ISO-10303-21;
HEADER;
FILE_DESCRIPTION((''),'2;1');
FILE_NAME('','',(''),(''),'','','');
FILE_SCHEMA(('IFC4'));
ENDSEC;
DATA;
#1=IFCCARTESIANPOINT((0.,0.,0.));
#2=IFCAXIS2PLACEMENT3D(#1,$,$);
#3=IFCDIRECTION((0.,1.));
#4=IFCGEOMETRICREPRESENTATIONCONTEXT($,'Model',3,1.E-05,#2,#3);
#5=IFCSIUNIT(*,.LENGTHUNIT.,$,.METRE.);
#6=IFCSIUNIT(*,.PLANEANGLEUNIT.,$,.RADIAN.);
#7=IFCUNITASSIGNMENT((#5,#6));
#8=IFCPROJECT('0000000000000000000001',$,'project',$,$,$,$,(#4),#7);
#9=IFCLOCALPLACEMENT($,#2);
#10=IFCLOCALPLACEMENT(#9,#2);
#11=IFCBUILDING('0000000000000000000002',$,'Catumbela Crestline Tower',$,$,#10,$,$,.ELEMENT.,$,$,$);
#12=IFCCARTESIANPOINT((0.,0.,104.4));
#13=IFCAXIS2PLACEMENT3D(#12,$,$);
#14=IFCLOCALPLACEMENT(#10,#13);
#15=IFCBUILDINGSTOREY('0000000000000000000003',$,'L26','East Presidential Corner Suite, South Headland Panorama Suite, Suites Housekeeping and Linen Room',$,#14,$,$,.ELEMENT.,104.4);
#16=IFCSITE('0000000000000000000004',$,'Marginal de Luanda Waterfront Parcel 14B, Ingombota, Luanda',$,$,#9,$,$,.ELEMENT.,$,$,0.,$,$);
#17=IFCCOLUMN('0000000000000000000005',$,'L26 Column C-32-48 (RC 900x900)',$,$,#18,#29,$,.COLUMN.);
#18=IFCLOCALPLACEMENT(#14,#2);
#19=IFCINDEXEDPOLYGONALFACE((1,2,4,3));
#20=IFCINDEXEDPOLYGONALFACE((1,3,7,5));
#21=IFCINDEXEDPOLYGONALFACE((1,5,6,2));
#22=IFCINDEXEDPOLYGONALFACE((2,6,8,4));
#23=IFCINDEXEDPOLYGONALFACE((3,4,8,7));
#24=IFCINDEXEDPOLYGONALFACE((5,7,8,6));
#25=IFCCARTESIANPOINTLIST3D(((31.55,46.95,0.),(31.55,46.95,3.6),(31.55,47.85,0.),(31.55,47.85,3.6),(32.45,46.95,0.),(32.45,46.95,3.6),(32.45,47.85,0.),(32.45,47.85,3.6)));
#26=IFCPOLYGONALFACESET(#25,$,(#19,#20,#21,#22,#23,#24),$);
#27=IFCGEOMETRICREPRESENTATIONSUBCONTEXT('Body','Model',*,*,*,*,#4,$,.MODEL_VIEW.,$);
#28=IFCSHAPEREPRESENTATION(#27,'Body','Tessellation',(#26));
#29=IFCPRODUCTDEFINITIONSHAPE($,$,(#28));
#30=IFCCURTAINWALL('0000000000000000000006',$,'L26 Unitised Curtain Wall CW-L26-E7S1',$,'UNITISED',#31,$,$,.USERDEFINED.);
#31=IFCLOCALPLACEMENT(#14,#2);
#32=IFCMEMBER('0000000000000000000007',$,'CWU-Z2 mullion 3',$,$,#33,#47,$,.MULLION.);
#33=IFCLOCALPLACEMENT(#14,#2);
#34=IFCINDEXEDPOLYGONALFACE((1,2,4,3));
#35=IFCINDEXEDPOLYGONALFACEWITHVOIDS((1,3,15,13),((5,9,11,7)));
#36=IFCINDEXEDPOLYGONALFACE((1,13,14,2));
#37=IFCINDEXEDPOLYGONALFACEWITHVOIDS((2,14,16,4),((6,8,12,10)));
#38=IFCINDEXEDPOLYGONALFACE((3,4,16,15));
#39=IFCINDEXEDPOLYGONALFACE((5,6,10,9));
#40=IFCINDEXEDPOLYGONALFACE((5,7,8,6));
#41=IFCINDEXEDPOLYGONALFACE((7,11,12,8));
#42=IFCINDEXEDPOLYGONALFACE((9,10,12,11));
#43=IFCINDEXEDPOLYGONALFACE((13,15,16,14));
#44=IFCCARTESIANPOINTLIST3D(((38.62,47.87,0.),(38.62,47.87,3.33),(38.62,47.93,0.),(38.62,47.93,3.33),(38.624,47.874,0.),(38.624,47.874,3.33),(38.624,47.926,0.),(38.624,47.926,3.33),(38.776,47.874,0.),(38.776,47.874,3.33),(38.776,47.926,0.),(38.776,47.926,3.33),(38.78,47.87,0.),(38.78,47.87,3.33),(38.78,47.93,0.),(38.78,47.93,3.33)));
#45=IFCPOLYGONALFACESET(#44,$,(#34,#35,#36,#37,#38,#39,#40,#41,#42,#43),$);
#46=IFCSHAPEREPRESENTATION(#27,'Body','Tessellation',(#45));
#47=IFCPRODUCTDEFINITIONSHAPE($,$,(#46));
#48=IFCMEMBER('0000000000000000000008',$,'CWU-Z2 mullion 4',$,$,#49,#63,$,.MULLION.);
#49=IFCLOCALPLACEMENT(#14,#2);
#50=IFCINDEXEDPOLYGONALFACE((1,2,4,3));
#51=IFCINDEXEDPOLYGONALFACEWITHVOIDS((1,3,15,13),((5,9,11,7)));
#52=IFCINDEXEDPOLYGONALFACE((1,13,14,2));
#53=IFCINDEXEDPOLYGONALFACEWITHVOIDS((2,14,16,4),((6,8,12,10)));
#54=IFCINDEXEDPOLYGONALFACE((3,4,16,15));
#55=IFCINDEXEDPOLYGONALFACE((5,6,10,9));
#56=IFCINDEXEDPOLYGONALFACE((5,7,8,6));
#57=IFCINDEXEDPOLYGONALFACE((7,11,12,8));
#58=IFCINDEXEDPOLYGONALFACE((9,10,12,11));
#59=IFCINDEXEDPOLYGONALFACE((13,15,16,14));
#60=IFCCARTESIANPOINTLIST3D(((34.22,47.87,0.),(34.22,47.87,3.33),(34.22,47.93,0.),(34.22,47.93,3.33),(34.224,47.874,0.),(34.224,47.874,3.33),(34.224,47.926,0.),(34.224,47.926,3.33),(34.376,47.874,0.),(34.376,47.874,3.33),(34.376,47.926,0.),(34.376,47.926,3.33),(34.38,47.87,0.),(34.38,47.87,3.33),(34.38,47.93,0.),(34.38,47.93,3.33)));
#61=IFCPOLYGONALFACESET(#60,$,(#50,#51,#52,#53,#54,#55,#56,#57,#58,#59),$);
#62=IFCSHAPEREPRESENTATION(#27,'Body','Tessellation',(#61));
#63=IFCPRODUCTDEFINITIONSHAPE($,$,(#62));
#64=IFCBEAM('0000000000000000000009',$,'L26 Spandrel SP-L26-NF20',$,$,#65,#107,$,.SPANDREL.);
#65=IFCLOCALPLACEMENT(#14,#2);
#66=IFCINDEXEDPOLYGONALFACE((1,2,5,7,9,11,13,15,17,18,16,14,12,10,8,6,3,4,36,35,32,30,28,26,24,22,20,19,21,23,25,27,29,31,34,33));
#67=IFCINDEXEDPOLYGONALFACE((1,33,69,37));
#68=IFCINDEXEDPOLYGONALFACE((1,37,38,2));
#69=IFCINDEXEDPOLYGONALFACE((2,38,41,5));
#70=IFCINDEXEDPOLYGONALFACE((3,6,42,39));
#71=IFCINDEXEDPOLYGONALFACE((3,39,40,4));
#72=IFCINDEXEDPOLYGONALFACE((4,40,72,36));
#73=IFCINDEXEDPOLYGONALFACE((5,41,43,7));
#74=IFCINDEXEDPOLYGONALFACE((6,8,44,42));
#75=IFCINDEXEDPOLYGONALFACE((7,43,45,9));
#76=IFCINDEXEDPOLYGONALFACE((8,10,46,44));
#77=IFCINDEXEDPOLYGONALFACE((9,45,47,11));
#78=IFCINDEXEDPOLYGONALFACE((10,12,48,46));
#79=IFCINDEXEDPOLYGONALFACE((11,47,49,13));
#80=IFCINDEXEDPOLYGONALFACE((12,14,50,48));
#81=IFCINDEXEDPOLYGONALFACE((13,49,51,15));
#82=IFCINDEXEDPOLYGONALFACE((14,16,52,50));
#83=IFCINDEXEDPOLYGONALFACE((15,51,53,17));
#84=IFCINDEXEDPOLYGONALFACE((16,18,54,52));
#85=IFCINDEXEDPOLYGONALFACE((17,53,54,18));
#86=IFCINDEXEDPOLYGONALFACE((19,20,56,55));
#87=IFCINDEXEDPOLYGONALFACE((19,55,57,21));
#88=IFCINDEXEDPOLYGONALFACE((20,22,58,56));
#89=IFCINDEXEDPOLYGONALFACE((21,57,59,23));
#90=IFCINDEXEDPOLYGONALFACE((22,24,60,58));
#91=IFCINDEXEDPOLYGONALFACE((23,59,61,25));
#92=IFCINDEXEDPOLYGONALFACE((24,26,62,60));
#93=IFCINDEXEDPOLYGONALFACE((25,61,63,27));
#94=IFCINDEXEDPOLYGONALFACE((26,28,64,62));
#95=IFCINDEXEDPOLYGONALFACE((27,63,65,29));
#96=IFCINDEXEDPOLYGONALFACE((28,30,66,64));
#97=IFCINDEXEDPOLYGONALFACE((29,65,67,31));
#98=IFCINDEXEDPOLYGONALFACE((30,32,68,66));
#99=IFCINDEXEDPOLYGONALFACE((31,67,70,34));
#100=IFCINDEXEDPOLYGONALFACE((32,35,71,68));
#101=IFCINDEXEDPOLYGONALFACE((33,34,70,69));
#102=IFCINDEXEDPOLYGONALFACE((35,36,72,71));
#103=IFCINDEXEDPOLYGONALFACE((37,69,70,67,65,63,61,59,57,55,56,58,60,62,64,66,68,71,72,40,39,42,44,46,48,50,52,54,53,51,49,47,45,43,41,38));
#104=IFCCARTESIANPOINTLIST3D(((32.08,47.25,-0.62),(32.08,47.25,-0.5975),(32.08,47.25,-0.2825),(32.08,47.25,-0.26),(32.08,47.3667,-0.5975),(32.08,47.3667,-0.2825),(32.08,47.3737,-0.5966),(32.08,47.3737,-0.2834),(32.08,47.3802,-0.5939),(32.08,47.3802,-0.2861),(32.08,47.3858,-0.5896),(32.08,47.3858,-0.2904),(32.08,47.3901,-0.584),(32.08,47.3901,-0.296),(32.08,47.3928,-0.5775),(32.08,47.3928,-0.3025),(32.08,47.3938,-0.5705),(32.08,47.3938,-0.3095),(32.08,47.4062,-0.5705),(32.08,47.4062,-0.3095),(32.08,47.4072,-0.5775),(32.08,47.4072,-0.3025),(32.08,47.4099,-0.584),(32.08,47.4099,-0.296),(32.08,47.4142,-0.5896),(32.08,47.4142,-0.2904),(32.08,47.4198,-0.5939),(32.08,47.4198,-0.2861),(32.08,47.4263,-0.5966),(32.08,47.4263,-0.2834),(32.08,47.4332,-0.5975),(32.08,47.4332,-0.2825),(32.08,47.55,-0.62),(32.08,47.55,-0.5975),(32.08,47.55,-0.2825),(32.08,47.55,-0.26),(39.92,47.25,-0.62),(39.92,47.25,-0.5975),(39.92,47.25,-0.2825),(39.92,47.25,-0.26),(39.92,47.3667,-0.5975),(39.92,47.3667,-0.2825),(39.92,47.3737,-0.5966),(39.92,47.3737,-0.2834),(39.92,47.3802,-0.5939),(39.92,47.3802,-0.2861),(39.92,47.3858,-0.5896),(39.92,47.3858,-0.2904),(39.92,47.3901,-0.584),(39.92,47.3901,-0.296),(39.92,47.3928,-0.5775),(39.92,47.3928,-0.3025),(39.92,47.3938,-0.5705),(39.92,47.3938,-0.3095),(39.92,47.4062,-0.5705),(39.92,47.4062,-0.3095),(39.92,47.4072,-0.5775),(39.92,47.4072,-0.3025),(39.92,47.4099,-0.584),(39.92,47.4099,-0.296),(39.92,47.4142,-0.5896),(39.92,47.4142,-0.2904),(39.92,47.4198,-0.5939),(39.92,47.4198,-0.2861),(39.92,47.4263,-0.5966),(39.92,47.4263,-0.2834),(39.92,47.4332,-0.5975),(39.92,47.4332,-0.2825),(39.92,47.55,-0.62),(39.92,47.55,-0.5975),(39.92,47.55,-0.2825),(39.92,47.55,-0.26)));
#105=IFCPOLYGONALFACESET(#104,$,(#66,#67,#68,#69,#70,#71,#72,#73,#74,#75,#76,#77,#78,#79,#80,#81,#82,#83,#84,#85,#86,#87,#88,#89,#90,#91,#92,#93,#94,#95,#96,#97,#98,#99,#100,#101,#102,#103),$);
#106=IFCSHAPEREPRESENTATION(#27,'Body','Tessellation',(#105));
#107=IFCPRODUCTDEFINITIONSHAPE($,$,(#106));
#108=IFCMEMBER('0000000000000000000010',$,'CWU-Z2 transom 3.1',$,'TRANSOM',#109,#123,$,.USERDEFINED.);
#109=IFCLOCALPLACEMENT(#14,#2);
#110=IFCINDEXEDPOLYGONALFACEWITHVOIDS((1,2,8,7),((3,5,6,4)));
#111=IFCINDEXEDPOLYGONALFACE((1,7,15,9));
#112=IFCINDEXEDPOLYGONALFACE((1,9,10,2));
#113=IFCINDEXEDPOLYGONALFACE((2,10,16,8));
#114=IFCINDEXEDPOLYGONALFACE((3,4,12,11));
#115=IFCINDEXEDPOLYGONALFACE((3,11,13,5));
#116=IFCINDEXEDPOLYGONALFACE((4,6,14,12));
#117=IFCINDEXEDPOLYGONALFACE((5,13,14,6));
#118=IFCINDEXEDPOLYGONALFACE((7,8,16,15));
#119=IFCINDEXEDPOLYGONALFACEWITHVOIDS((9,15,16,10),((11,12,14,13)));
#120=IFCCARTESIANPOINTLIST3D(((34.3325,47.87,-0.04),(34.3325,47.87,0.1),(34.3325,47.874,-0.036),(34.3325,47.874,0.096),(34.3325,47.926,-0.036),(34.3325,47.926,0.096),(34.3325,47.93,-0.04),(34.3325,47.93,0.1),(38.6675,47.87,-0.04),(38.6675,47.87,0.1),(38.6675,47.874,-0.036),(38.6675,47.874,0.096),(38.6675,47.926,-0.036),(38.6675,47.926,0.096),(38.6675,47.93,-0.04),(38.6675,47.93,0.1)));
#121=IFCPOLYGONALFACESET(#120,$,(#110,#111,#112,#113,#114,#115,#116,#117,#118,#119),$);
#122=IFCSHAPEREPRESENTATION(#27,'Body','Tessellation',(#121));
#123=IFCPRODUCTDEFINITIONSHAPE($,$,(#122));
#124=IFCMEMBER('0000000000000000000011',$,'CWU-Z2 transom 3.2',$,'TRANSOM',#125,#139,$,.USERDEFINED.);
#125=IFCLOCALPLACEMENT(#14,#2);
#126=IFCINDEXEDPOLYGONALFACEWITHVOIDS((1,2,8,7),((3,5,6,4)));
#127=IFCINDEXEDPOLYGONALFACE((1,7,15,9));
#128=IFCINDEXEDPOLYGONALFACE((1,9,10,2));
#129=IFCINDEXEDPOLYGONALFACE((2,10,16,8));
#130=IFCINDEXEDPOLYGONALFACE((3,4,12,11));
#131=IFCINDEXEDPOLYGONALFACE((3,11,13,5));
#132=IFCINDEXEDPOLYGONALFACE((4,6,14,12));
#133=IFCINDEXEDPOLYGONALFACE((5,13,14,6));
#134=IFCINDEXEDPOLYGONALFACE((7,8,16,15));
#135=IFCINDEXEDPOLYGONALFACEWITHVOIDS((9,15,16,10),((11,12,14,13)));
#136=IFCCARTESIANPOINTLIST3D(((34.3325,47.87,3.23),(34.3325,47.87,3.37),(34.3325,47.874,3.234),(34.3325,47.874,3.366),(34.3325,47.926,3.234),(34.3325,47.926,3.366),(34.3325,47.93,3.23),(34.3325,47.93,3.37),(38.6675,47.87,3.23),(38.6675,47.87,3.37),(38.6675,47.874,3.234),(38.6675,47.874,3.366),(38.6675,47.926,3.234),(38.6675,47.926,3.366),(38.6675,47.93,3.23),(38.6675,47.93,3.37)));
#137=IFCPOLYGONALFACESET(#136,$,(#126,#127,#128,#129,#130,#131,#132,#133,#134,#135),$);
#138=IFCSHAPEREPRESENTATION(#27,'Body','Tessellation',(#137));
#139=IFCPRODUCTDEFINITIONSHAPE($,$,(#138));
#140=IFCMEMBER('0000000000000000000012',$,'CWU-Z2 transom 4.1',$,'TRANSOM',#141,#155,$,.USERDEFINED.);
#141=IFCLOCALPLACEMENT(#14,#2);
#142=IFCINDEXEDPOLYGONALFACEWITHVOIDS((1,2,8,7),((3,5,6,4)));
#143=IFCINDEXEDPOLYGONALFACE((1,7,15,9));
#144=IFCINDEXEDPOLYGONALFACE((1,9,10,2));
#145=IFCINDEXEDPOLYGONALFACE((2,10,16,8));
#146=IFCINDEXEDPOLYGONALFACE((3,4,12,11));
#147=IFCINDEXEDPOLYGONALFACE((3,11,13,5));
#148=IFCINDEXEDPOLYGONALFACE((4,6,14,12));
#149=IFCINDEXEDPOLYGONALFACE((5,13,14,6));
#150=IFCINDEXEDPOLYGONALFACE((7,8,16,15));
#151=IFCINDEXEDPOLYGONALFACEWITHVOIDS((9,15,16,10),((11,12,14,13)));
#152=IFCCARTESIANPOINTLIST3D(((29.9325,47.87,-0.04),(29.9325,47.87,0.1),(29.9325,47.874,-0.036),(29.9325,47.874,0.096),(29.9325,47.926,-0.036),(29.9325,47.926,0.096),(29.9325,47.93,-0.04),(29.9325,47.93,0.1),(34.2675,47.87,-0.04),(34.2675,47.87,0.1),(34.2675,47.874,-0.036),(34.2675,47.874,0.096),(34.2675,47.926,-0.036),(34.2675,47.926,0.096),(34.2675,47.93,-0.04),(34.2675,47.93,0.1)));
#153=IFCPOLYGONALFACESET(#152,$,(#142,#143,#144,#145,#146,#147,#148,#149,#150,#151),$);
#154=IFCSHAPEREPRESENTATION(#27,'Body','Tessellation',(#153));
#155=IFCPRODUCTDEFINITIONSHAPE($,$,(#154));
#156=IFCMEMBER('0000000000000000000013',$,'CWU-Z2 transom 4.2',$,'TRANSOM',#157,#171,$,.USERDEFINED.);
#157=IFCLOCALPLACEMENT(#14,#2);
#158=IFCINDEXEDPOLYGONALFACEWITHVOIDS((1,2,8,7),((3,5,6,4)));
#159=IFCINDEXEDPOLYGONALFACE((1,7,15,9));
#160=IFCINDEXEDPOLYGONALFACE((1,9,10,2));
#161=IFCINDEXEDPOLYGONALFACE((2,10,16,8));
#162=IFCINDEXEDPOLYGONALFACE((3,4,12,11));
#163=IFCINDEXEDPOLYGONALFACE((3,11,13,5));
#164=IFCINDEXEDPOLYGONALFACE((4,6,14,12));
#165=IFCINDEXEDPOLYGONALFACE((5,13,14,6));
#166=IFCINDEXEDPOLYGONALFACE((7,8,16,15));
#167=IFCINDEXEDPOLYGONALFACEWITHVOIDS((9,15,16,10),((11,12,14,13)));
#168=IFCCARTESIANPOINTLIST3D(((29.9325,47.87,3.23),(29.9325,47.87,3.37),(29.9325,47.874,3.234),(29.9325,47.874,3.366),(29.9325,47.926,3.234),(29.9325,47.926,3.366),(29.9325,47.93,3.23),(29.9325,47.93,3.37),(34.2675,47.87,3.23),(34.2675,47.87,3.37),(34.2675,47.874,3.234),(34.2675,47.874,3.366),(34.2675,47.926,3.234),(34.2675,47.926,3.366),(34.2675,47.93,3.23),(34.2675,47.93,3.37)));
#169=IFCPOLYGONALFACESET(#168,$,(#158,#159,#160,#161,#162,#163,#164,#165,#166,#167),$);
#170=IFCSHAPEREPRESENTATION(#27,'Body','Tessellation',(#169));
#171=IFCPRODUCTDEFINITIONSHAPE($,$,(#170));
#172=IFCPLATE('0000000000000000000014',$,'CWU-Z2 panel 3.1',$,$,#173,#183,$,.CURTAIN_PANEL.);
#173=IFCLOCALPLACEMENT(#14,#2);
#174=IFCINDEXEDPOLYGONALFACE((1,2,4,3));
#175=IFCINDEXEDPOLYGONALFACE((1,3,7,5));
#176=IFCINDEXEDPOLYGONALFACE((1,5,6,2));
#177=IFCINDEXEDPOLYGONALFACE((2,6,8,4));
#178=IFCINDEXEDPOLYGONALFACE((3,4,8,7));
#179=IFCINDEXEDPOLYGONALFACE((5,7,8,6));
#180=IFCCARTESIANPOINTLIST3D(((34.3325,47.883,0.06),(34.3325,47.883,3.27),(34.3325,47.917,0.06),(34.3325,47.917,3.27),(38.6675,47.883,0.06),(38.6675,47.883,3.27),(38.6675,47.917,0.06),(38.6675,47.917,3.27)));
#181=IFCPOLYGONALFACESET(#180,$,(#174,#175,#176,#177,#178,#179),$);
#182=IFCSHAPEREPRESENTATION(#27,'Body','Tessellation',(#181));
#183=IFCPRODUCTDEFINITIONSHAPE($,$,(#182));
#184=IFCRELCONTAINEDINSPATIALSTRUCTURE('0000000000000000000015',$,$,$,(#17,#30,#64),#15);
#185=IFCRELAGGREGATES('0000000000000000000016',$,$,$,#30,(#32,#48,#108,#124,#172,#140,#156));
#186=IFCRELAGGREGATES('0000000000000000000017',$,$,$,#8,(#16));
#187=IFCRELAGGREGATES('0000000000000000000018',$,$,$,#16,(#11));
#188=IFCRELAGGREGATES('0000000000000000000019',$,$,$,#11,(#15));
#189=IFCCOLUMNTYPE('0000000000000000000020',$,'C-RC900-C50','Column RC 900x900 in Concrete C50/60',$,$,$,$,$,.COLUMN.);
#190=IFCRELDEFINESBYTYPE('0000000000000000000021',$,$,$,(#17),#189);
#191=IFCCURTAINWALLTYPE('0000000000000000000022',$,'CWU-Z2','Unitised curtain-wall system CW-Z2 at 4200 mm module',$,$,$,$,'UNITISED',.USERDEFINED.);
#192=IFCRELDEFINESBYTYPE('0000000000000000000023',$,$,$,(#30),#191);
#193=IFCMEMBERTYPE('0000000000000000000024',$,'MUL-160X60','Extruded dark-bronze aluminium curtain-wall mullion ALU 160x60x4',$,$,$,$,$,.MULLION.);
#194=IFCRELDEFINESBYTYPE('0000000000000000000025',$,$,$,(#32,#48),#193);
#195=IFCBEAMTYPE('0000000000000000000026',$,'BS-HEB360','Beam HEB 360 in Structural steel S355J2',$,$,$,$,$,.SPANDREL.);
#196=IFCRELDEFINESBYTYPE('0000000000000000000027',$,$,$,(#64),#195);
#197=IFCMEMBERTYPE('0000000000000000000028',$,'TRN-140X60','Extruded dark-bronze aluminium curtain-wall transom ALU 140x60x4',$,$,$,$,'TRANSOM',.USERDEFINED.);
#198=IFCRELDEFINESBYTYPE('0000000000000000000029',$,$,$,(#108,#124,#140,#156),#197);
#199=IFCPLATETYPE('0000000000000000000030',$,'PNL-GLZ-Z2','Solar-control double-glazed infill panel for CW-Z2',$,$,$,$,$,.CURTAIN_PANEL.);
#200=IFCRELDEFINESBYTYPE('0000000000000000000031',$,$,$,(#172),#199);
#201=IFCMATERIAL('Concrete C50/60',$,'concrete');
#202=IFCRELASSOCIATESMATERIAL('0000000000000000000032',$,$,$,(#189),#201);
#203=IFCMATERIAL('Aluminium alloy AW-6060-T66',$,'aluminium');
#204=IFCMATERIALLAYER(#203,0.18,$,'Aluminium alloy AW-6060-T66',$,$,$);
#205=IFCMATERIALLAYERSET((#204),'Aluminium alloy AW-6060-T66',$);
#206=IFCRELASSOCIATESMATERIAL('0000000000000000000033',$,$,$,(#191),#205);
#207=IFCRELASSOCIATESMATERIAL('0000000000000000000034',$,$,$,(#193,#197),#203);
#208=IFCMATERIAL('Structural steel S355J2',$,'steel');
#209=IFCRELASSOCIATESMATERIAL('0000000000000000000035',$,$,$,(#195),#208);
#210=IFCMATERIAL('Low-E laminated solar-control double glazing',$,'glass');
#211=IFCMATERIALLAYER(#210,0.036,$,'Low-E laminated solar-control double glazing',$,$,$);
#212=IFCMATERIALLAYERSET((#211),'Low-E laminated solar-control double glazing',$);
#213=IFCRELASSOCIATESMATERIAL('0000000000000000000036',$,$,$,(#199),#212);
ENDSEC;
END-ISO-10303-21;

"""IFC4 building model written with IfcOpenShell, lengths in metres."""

from ifc_helpers import new_model, si_unit, direction, frame, origin, origin_2d, place, context, subcontext, project, spatial, rectangle, hollow_rectangle, i_section, extrude, material, layer, layer_set, material_profile, profile_set, type_object, element, aggregate, save


model = new_model("IFC4")

# Units and contexts
model_context = context("Model", 3, precision=1e-05, world=origin(), true_north=direction((0.0, 1.0)))
body_context = subcontext(model_context, "Body", "Model", "MODEL_VIEW")
ifc_project = project(units=[si_unit("LENGTHUNIT", "METRE"), si_unit("PLANEANGLEUNIT", "RADIAN")], contexts=[model_context])

# Site, building, storey
site_placement = place(None, origin())
site = spatial("IfcSite", under=ifc_project, at=site_placement, Name="Marginal de Luanda Waterfront Parcel 14B, Ingombota, Luanda", CompositionType="ELEMENT", RefElevation=0.0)
building_placement = place(site_placement, origin())
building = spatial("IfcBuilding", under=site, at=building_placement, Name="Catumbela Crestline Tower", CompositionType="ELEMENT")
storey_placement = place(building_placement, frame((0.0, 0.0, 104.4)))
storey = spatial("IfcBuildingStorey", under=building, at=storey_placement, Name="L26", Description="East Presidential Corner Suite, South Headland Panorama Suite, Suites Housekeeping and Linen Room", CompositionType="ELEMENT", Elevation=104.4)

# Column
ifc_material_1 = material(Name="Concrete C50/60", Category="concrete")
ifc_material_profile_1 = material_profile(ifc_material_1, rectangle(XDim=0.9, YDim=0.9, at=origin_2d()), Name="RC 900x900")
ifc_profile_set_1 = profile_set([ifc_material_profile_1], Name="Concrete C50/60")
column_type = type_object("IfcColumnType", Name="C-RC900-C50", Description="Column RC 900x900 in Concrete C50/60", PredefinedType="COLUMN", material=ifc_profile_set_1)
column_placement = place(storey_placement, frame((32.0, 47.4, 0.0), z_axis=(0.0, 0.0, 1.0), x_axis=(1.0, 0.0, 0.0)))
element("IfcColumn", 1, at=column_placement, inside=storey, type_object=column_type, Name="L26 Column C-32-48 (RC 900x900)", PredefinedType="COLUMN", context=body_context, shape_type="SweptSolid", body=[
    extrude(rectangle(XDim=0.9, YDim=0.9, at=origin_2d()), origin(), (0.0, 0.0, 1.0), 3.6),
])

# Curtain wall, members
ifc_material_2 = material(Name="Aluminium alloy AW-6060-T66", Category="aluminium")
ifc_layer_1 = layer(ifc_material_2, 0.18, Name="Aluminium alloy AW-6060-T66")
ifc_layer_set_1 = layer_set([ifc_layer_1], Name="Aluminium alloy AW-6060-T66")
curtain_wall_type = type_object("IfcCurtainWallType", Name="CWU-Z2", Description="Unitised curtain-wall system CW-Z2 at 4200 mm module", ElementType="UNITISED", PredefinedType="USERDEFINED", material=ifc_layer_set_1)
curtain_wall_placement = place(storey_placement, origin())
curtain_wall = element("IfcCurtainWall", 2, at=curtain_wall_placement, inside=storey, type_object=curtain_wall_type, Name="L26 Unitised Curtain Wall CW-L26-E7S1", ObjectType="UNITISED", PredefinedType="USERDEFINED")
ifc_material_profile_2 = material_profile(ifc_material_2, hollow_rectangle(XDim=0.06, YDim=0.16, WallThickness=0.004, at=origin_2d()), Name="ALU 160x60x4")
ifc_profile_set_2 = profile_set([ifc_material_profile_2], Name="Aluminium alloy AW-6060-T66")
member_type_1 = type_object("IfcMemberType", Name="MUL-160X60", Description="Extruded dark-bronze aluminium curtain-wall mullion ALU 160x60x4", PredefinedType="MULLION", material=ifc_profile_set_2)
member_1_placement = place(storey_placement, frame((38.7, 47.9, 0.0), z_axis=(0.0, 0.0, 1.0), x_axis=(0.0, -1.0, 0.0)))
member_1 = element("IfcMember", 3, at=member_1_placement, type_object=member_type_1, Name="CWU-Z2 mullion 3", PredefinedType="MULLION", context=body_context, shape_type="SweptSolid", body=[
    extrude(hollow_rectangle(XDim=0.06, YDim=0.16, WallThickness=0.004, at=origin_2d()), origin(), (0.0, 0.0, 1.0), 3.33),
])
member_2_placement = place(storey_placement, frame((34.3, 47.9, 0.0), z_axis=(0.0, 0.0, 1.0), x_axis=(0.0, -1.0, 0.0)))
member_2 = element("IfcMember", 4, at=member_2_placement, type_object=member_type_1, Name="CWU-Z2 mullion 4", PredefinedType="MULLION", context=body_context, shape_type="SweptSolid", body=[
    extrude(hollow_rectangle(XDim=0.06, YDim=0.16, WallThickness=0.004, at=origin_2d()), origin(), (0.0, 0.0, 1.0), 3.33),
])

# Beam
ifc_material_3 = material(Name="Structural steel S355J2", Category="steel")
ifc_material_profile_3 = material_profile(ifc_material_3, i_section(OverallWidth=0.3, OverallDepth=0.36, WebThickness=0.0125, FlangeThickness=0.0225, FilletRadius=0.027, at=origin_2d()), Name="HEB 360")
ifc_profile_set_3 = profile_set([ifc_material_profile_3], Name="Structural steel S355J2")
beam_type = type_object("IfcBeamType", Name="BS-HEB360", Description="Beam HEB 360 in Structural steel S355J2", PredefinedType="SPANDREL", material=ifc_profile_set_3)
beam_placement = place(storey_placement, frame((32.08, 47.4, -0.44), z_axis=(1.0, 0.0, 0.0), x_axis=(0.0, 1.0, 0.0)))
element("IfcBeam", 5, at=beam_placement, inside=storey, type_object=beam_type, Name="L26 Spandrel SP-L26-NF20", PredefinedType="SPANDREL", context=body_context, shape_type="SweptSolid", body=[
    extrude(i_section(OverallWidth=0.3, OverallDepth=0.36, WebThickness=0.0125, FlangeThickness=0.0225, FilletRadius=0.027, at=origin_2d()), origin(), (0.0, 0.0, 1.0), 7.84),
])

# Members
ifc_material_profile_4 = material_profile(ifc_material_2, hollow_rectangle(XDim=0.06, YDim=0.14, WallThickness=0.004, at=origin_2d()), Name="ALU 140x60x4")
ifc_profile_set_4 = profile_set([ifc_material_profile_4], Name="Aluminium alloy AW-6060-T66")
member_type_2 = type_object("IfcMemberType", Name="TRN-140X60", Description="Extruded dark-bronze aluminium curtain-wall transom ALU 140x60x4", ElementType="TRANSOM", PredefinedType="USERDEFINED", material=ifc_profile_set_4)
member_3_placement = place(storey_placement, frame((38.6675, 47.9, 0.03), z_axis=(-1.0, 0.0, 0.0), x_axis=(0.0, -1.0, 0.0)))
member_3 = element("IfcMember", 6, at=member_3_placement, type_object=member_type_2, Name="CWU-Z2 transom 3.1", ObjectType="TRANSOM", PredefinedType="USERDEFINED", context=body_context, shape_type="SweptSolid", body=[
    extrude(hollow_rectangle(XDim=0.06, YDim=0.14, WallThickness=0.004, at=origin_2d()), origin(), (0.0, 0.0, 1.0), 4.335),
])
member_4_placement = place(storey_placement, frame((38.6675, 47.9, 3.3), z_axis=(-1.0, 0.0, 0.0), x_axis=(0.0, -1.0, 0.0)))
member_4 = element("IfcMember", 7, at=member_4_placement, type_object=member_type_2, Name="CWU-Z2 transom 3.2", ObjectType="TRANSOM", PredefinedType="USERDEFINED", context=body_context, shape_type="SweptSolid", body=[
    extrude(hollow_rectangle(XDim=0.06, YDim=0.14, WallThickness=0.004, at=origin_2d()), origin(), (0.0, 0.0, 1.0), 4.335),
])
member_5_placement = place(storey_placement, frame((34.2675, 47.9, 0.03), z_axis=(-1.0, 0.0, 0.0), x_axis=(0.0, -1.0, 0.0)))
member_5 = element("IfcMember", 8, at=member_5_placement, type_object=member_type_2, Name="CWU-Z2 transom 4.1", ObjectType="TRANSOM", PredefinedType="USERDEFINED", context=body_context, shape_type="SweptSolid", body=[
    extrude(hollow_rectangle(XDim=0.06, YDim=0.14, WallThickness=0.004, at=origin_2d()), origin(), (0.0, 0.0, 1.0), 4.335),
])
member_6_placement = place(storey_placement, frame((34.2675, 47.9, 3.3), z_axis=(-1.0, 0.0, 0.0), x_axis=(0.0, -1.0, 0.0)))
member_6 = element("IfcMember", 9, at=member_6_placement, type_object=member_type_2, Name="CWU-Z2 transom 4.2", ObjectType="TRANSOM", PredefinedType="USERDEFINED", context=body_context, shape_type="SweptSolid", body=[
    extrude(hollow_rectangle(XDim=0.06, YDim=0.14, WallThickness=0.004, at=origin_2d()), origin(), (0.0, 0.0, 1.0), 4.335),
])

# Plate
ifc_material_4 = material(Name="Low-E laminated solar-control double glazing", Category="glass")
ifc_layer_2 = layer(ifc_material_4, 0.036, Name="Low-E laminated solar-control double glazing")
ifc_layer_set_2 = layer_set([ifc_layer_2], Name="Low-E laminated solar-control double glazing")
plate_type = type_object("IfcPlateType", Name="PNL-GLZ-Z2", Description="Solar-control double-glazed infill panel for CW-Z2", PredefinedType="CURTAIN_PANEL", material=ifc_layer_set_2)
plate_1_placement = place(storey_placement, frame((36.5, 47.9, 0.06), z_axis=(0.0, 0.0, 1.0), x_axis=(-1.0, 0.0, 0.0)))
plate_1 = element("IfcPlate", 10, at=plate_1_placement, type_object=plate_type, Name="CWU-Z2 panel 3.1", PredefinedType="CURTAIN_PANEL", context=body_context, shape_type="SweptSolid", body=[
    extrude(rectangle(XDim=4.335, YDim=0.034, at=origin_2d()), origin(), (0.0, 0.0, 1.0), 3.21),
])
aggregate(curtain_wall, [member_1, member_2, member_3, member_4, plate_1, member_5, member_6])

save(model, "model.ifc")
